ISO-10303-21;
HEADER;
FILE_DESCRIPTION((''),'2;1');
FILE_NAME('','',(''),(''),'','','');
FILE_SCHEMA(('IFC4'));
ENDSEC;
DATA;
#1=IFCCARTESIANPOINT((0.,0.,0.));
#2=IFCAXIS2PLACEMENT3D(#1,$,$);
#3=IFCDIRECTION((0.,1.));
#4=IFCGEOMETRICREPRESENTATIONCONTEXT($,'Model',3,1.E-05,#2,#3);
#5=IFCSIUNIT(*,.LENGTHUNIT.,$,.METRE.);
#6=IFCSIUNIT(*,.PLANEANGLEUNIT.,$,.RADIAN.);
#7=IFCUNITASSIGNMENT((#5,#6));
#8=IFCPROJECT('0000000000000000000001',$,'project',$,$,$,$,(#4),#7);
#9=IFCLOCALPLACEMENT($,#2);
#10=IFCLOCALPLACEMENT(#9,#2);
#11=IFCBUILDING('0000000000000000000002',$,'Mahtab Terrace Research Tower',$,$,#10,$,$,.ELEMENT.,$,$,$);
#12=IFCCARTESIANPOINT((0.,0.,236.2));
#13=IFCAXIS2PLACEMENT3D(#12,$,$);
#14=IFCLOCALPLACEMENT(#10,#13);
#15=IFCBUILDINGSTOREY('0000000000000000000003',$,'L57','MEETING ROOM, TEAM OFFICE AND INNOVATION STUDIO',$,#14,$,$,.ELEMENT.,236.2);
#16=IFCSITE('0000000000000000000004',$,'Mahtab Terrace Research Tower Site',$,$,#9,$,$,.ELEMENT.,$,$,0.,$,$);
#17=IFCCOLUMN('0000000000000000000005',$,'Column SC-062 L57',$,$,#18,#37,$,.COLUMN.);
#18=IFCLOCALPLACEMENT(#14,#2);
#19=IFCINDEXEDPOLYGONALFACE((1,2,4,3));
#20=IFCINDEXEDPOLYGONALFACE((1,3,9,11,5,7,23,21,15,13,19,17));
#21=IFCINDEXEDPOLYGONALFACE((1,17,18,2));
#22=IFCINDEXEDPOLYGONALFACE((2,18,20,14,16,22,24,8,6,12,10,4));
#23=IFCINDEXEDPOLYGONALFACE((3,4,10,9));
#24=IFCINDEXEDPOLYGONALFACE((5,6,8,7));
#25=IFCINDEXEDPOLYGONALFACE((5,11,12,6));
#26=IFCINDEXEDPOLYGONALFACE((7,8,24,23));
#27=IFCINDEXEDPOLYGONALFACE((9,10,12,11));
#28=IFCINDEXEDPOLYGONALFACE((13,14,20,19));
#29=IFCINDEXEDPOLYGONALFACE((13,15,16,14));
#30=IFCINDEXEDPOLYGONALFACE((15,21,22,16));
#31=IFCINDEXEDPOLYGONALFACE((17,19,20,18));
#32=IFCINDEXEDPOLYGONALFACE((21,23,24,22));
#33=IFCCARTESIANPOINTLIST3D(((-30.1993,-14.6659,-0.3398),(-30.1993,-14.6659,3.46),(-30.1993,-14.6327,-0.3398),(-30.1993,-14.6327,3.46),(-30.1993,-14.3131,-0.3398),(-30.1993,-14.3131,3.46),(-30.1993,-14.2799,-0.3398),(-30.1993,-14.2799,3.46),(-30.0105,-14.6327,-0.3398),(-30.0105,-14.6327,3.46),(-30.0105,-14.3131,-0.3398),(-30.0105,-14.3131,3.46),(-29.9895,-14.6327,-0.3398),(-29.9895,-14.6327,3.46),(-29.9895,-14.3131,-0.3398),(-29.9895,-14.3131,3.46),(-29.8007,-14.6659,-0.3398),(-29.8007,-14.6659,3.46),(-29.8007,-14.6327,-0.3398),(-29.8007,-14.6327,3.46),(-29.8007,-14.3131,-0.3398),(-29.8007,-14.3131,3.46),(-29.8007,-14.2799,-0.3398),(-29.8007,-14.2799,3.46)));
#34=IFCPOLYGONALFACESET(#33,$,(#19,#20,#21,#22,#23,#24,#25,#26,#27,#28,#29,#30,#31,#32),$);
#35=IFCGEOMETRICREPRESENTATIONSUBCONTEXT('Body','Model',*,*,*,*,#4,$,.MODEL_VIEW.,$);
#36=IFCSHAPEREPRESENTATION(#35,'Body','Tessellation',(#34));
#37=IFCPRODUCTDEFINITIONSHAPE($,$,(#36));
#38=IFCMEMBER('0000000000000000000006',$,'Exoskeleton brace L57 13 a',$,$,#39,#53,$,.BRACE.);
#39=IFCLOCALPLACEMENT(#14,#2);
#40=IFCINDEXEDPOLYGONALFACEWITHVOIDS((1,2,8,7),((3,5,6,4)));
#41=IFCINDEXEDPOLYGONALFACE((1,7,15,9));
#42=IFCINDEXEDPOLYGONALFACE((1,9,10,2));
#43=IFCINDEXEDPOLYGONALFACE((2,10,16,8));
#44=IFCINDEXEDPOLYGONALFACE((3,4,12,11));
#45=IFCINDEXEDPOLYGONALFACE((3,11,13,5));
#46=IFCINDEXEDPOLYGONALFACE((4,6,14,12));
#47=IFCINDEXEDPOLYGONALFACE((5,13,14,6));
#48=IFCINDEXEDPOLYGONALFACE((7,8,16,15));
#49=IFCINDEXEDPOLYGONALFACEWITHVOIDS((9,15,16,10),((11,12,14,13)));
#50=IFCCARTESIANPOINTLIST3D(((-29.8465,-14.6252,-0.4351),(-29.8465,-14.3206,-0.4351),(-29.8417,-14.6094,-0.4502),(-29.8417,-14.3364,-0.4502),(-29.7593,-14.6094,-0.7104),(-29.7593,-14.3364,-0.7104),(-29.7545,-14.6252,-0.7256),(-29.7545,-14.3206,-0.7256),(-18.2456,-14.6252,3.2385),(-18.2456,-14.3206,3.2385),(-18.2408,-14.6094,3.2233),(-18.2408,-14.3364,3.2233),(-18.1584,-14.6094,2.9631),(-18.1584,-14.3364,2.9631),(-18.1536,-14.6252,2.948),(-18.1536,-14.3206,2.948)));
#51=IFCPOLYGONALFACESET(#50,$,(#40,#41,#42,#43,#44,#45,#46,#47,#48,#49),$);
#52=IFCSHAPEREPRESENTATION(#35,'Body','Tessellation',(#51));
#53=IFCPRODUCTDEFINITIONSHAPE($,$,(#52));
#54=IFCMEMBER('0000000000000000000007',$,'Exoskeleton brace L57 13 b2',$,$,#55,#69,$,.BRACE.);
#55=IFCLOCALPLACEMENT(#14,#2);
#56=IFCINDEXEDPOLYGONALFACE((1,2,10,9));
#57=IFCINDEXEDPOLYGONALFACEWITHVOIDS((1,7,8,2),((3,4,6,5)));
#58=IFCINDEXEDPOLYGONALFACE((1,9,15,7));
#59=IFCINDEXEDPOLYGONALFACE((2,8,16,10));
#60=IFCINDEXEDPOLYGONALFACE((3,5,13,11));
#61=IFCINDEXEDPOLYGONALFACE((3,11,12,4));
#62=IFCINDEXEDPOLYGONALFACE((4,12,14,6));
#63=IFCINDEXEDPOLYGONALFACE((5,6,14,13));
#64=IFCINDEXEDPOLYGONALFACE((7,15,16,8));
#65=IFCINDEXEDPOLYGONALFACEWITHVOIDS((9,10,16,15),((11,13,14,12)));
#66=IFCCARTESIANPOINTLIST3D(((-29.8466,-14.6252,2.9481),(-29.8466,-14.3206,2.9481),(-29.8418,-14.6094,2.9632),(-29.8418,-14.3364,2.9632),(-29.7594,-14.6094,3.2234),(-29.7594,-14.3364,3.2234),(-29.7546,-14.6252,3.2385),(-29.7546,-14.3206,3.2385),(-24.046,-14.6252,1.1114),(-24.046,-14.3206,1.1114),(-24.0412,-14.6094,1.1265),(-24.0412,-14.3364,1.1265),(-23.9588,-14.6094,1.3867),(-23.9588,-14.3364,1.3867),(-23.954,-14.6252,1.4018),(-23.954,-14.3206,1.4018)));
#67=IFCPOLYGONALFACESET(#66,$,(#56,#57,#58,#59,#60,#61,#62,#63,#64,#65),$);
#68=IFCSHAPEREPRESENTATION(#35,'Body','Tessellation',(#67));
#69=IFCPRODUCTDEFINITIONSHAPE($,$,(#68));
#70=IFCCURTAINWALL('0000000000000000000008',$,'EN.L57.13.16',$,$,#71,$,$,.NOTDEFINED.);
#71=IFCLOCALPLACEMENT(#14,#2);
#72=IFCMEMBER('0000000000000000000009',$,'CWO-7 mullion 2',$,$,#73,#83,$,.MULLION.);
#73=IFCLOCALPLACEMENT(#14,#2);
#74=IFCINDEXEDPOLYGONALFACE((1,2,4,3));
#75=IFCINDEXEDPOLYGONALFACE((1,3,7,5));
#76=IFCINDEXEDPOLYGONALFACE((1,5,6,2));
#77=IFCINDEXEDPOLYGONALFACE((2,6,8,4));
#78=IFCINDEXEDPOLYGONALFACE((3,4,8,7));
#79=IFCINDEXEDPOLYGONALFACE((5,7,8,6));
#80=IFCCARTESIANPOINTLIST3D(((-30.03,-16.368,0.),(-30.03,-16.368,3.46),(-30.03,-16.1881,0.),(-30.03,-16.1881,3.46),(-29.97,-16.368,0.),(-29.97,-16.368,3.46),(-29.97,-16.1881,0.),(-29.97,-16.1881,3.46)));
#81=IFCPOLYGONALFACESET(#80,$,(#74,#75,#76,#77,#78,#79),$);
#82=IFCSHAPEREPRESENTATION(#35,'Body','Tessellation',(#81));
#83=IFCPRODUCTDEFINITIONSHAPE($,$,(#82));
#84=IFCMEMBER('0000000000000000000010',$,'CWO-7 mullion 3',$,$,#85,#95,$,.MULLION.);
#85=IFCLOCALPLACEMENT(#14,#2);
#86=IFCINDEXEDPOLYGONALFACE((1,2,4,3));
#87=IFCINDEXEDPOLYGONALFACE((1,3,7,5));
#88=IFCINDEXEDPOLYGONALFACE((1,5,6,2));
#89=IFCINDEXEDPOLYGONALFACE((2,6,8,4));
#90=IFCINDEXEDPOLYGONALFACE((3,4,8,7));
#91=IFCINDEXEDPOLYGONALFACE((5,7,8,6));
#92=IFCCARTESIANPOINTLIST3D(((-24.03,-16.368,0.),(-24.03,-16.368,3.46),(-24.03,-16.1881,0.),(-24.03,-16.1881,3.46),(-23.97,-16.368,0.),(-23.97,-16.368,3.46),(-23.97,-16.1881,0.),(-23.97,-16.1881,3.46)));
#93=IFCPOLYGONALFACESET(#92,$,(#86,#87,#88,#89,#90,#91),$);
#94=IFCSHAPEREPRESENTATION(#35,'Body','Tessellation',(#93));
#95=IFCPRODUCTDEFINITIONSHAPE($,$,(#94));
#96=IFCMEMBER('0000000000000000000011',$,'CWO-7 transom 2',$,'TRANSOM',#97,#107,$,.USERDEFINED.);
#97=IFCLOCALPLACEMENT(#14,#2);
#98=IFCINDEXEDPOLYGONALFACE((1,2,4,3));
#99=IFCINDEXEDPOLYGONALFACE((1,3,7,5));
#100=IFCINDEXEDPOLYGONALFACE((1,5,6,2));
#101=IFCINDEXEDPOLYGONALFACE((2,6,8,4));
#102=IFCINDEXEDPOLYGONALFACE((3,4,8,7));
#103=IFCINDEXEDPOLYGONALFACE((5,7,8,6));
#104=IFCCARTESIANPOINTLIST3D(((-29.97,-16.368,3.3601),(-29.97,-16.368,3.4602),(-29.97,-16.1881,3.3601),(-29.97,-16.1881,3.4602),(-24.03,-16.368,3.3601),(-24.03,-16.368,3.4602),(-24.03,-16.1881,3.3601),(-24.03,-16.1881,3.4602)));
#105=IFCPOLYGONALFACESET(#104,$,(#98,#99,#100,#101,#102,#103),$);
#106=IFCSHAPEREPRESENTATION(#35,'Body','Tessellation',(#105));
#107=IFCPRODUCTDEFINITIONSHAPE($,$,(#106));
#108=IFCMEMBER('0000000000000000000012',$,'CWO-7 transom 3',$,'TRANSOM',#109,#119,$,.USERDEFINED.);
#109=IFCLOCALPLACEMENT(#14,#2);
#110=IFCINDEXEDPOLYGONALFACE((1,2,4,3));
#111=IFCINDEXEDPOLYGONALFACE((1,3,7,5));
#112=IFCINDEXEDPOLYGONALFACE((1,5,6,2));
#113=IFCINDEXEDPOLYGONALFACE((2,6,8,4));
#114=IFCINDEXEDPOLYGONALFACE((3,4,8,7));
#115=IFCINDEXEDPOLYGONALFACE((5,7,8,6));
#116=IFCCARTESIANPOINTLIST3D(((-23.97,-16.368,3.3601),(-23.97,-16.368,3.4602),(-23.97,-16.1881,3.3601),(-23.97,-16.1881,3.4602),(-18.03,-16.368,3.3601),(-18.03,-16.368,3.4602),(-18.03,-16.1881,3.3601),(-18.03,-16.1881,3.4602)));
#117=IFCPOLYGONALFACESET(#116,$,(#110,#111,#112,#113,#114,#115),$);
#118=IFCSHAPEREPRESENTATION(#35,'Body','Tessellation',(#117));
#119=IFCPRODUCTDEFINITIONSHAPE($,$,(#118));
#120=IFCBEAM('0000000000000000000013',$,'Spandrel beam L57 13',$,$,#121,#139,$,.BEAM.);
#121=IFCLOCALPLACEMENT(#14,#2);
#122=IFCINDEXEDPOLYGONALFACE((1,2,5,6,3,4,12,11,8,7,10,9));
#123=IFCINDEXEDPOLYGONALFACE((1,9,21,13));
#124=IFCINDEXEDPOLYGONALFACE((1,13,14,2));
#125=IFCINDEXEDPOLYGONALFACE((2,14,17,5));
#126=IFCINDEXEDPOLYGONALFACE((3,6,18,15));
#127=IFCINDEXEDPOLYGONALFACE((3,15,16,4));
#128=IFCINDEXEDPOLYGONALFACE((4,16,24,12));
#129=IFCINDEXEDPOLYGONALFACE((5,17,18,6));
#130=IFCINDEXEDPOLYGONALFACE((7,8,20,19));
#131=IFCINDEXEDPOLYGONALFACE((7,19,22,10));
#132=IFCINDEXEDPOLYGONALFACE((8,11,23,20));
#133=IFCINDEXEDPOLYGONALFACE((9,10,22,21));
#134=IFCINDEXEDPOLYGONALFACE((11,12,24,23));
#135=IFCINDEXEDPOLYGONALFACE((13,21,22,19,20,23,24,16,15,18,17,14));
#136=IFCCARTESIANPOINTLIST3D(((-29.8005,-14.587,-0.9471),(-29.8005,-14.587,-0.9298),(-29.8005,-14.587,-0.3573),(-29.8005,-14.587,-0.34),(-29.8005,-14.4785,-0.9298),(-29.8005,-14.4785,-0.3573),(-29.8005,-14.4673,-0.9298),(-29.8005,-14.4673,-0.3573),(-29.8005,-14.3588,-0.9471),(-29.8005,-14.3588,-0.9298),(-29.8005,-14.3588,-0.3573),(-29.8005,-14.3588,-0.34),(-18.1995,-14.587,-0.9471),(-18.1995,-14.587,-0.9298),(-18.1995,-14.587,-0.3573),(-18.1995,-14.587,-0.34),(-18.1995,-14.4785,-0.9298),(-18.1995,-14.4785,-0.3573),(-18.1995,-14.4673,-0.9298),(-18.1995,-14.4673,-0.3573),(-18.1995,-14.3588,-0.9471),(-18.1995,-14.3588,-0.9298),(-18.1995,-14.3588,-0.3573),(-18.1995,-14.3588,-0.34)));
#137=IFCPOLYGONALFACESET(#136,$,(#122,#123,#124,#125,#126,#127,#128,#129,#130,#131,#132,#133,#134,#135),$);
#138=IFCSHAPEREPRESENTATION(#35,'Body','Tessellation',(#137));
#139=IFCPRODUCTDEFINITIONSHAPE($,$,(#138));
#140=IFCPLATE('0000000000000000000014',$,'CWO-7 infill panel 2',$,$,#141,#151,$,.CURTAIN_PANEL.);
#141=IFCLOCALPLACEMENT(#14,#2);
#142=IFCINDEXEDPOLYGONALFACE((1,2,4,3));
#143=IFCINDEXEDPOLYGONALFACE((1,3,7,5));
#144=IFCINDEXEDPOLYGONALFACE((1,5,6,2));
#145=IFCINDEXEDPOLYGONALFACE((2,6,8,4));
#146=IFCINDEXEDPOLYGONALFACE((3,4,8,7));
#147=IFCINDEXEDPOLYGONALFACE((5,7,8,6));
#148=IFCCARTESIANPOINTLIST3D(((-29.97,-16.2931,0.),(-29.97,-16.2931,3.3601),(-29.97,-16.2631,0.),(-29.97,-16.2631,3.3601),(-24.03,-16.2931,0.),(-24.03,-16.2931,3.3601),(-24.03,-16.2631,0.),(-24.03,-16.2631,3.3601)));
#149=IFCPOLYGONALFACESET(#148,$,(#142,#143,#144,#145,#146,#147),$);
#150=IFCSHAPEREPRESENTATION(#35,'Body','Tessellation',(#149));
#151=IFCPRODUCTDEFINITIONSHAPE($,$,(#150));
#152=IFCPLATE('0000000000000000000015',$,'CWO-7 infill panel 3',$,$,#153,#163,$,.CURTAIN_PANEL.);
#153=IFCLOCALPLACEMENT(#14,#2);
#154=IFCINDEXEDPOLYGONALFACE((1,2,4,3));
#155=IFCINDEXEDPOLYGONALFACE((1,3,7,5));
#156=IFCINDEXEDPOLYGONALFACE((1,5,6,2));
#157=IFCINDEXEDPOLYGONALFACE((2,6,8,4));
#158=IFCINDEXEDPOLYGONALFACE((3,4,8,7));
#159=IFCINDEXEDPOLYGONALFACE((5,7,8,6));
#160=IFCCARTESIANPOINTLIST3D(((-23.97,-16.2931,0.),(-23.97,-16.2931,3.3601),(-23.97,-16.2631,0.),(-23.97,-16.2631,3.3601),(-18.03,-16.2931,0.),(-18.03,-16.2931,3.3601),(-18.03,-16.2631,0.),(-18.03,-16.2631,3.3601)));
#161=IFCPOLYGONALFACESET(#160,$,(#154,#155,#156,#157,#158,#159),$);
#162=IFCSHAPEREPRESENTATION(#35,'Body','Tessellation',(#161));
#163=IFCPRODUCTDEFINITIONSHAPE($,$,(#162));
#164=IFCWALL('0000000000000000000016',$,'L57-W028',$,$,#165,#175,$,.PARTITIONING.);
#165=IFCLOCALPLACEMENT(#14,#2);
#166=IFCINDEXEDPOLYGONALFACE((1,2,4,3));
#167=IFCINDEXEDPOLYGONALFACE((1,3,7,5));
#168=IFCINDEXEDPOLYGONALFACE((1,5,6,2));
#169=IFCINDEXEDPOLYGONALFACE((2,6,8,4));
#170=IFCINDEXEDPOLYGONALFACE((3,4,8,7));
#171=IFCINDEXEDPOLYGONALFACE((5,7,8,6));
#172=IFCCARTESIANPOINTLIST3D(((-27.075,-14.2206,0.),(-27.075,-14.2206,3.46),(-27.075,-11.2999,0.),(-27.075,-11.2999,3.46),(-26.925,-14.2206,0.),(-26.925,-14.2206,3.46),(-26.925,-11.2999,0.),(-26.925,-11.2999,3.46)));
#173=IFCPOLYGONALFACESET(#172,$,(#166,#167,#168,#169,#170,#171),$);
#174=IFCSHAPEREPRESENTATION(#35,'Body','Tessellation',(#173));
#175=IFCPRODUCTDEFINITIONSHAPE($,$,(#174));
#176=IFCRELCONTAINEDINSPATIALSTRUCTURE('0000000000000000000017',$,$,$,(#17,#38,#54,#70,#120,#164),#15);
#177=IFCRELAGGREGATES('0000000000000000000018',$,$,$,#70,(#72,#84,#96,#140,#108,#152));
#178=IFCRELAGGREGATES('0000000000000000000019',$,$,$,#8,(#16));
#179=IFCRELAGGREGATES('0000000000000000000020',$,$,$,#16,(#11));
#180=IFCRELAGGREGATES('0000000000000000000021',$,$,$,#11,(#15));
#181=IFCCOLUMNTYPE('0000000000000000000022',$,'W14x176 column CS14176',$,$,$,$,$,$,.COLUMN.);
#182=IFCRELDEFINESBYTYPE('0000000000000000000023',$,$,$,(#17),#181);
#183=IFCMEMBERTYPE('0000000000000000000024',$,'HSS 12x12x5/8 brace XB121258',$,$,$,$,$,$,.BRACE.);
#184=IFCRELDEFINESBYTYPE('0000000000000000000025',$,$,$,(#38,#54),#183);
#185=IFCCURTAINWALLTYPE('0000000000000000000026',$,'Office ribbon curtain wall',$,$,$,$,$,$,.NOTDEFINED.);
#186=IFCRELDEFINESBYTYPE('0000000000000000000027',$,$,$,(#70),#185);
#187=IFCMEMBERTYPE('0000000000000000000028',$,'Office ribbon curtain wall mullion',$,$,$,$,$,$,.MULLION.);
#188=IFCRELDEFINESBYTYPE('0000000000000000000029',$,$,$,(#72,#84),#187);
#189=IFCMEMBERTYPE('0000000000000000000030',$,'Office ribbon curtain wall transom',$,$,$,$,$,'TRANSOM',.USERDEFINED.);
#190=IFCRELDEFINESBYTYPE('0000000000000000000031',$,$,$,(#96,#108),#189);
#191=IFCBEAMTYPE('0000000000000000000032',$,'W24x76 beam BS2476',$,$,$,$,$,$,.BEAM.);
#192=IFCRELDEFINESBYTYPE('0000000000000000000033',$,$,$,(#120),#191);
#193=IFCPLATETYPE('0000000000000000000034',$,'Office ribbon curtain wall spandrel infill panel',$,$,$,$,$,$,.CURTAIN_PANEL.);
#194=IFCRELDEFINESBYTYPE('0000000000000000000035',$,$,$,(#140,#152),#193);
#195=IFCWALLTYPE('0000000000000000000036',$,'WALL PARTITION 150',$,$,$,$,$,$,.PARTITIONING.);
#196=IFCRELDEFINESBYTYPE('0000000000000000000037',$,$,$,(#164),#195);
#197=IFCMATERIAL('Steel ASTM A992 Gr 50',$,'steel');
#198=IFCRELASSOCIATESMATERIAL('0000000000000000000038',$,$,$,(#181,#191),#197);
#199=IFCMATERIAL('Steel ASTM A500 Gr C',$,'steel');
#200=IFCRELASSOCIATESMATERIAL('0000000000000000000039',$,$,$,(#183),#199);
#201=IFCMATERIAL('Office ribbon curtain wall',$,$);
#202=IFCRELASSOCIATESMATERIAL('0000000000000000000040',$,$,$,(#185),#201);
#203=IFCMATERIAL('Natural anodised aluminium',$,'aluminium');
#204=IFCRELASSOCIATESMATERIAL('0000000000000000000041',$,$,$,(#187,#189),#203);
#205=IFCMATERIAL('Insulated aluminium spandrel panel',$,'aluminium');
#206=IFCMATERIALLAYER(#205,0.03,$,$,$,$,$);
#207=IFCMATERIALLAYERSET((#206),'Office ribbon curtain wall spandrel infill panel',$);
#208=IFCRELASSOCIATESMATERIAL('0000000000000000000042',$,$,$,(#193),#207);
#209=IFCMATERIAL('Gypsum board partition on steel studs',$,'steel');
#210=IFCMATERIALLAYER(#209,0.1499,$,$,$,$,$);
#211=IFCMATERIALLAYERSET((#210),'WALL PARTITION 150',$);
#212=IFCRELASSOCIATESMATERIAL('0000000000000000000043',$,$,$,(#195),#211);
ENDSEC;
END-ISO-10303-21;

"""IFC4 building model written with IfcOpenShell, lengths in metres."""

from ifc_helpers import new_model, si_unit, direction, frame, frame_2d, origin, origin_2d, place, context, subcontext, project, spatial, rectangle, hollow_rectangle, i_section, extrude, material, layer, layer_set, material_profile, profile_set, type_object, element, aggregate, save


model = new_model("IFC4")

# Units and contexts
model_context = context("Model", 3, precision=1e-05, world=origin(), true_north=direction((0.0, 1.0)))
body_context = subcontext(model_context, "Body", "Model", "MODEL_VIEW")
ifc_project = project(units=[si_unit("LENGTHUNIT", "METRE"), si_unit("PLANEANGLEUNIT", "RADIAN")], contexts=[model_context])

# Site, building, storey
site_placement = place(None, origin())
site = spatial("IfcSite", under=ifc_project, at=site_placement, Name="Mahtab Terrace Research Tower Site", CompositionType="ELEMENT", RefElevation=0.0)
building_placement = place(site_placement, origin())
building = spatial("IfcBuilding", under=site, at=building_placement, Name="Mahtab Terrace Research Tower", CompositionType="ELEMENT")
storey_placement = place(building_placement, frame((0.0, 0.0, 236.2)))
storey = spatial("IfcBuildingStorey", under=building, at=storey_placement, Name="L57", Description="MEETING ROOM, TEAM OFFICE AND INNOVATION STUDIO", CompositionType="ELEMENT", Elevation=236.2)

# Column
ifc_material_1 = material(Name="Steel ASTM A992 Gr 50", Category="steel")
ifc_material_profile_1 = material_profile(ifc_material_1, i_section(OverallWidth=0.3987, OverallDepth=0.386, WebThickness=0.021, FlangeThickness=0.0332, at=origin_2d()), Name="W14X176")
ifc_profile_set_1 = profile_set([ifc_material_profile_1], Name="Steel ASTM A992 Gr 50")
column_type = type_object("IfcColumnType", Name="W14x176 column CS14176", PredefinedType="COLUMN", material=ifc_profile_set_1)
column_placement = place(storey_placement, frame((-30.0, -14.4729, -0.3398), z_axis=(0.0, 0.0, 1.0), x_axis=(1.0, 0.0, 0.0)))
element("IfcColumn", 1, at=column_placement, inside=storey, type_object=column_type, Name="Column SC-062 L57", PredefinedType="COLUMN", context=body_context, shape_type="SweptSolid", body=[
    extrude(i_section(OverallWidth=0.3987, OverallDepth=0.386, WebThickness=0.021, FlangeThickness=0.0332, at=origin_2d()), origin(), (0.0, 0.0, 1.0), 3.7998),
])

# Members
ifc_material_2 = material(Name="Steel ASTM A500 Gr C", Category="steel")
ifc_material_profile_2 = material_profile(ifc_material_2, hollow_rectangle(XDim=0.3047, YDim=0.3047, WallThickness=0.0159, at=origin_2d()), Name="HSS12X12X5/8")
ifc_profile_set_2 = profile_set([ifc_material_profile_2], Name="Steel ASTM A500 Gr C")
member_type_1 = type_object("IfcMemberType", Name="HSS 12x12x5/8 brace XB121258", PredefinedType="BRACE", material=ifc_profile_set_2)
member_1_placement = place(storey_placement, frame((-29.8005, -14.4729, -0.5803), z_axis=(0.953344, 0.0, 0.301885), x_axis=(0.0, 1.0, 0.0)))
element("IfcMember", 2, at=member_1_placement, inside=storey, type_object=member_type_1, Name="Exoskeleton brace L57 13 a", PredefinedType="BRACE", context=body_context, shape_type="SweptSolid", body=[
    extrude(hollow_rectangle(XDim=0.3047, YDim=0.3047, WallThickness=0.0159, at=origin_2d()), origin(), (0.0, 0.0, 1.0), 12.1687),
])
member_2_placement = place(storey_placement, frame((-24.0, -14.4729, 1.2566), z_axis=(-0.95335, 0.0, 0.301867), x_axis=(0.0, -1.0, 0.0)))
element("IfcMember", 3, at=member_2_placement, inside=storey, type_object=member_type_1, Name="Exoskeleton brace L57 13 b2", PredefinedType="BRACE", context=body_context, shape_type="SweptSolid", body=[
    extrude(hollow_rectangle(XDim=0.3047, YDim=0.3047, WallThickness=0.0159, at=origin_2d()), origin(), (0.0, 0.0, 1.0), 6.0845),
])

# Curtain wall, members
ifc_material_3 = material(Name="Office ribbon curtain wall")
curtain_wall_type = type_object("IfcCurtainWallType", Name="Office ribbon curtain wall", PredefinedType="NOTDEFINED", material=ifc_material_3)
curtain_wall_placement = place(storey_placement, origin())
curtain_wall = element("IfcCurtainWall", 4, at=curtain_wall_placement, inside=storey, type_object=curtain_wall_type, Name="EN.L57.13.16", PredefinedType="NOTDEFINED")
ifc_material_4 = material(Name="Natural anodised aluminium", Category="aluminium")
ifc_material_profile_3 = material_profile(ifc_material_4, rectangle(XDim=0.1799, YDim=0.0601, at=origin_2d()), Name="MULLION 60x180")
ifc_profile_set_3 = profile_set([ifc_material_profile_3], Name="Natural anodised aluminium")
member_type_2 = type_object("IfcMemberType", Name="Office ribbon curtain wall mullion", PredefinedType="MULLION", material=ifc_profile_set_3)
member_3_placement = place(storey_placement, frame((-30.0, -16.2781, 0.0), z_axis=(0.0, 0.0, 1.0), x_axis=(0.0, 1.0, 0.0)))
member_3 = element("IfcMember", 5, at=member_3_placement, type_object=member_type_2, Name="CWO-7 mullion 2", PredefinedType="MULLION", context=body_context, shape_type="SweptSolid", body=[
    extrude(rectangle(XDim=0.1799, YDim=0.0601, at=origin_2d()), origin(), (0.0, 0.0, 1.0), 3.46),
])
member_4_placement = place(storey_placement, frame((-24.0, -16.2781, 0.0), z_axis=(0.0, 0.0, 1.0), x_axis=(0.0, 1.0, 0.0)))
member_4 = element("IfcMember", 6, at=member_4_placement, type_object=member_type_2, Name="CWO-7 mullion 3", PredefinedType="MULLION", context=body_context, shape_type="SweptSolid", body=[
    extrude(rectangle(XDim=0.1799, YDim=0.0601, at=origin_2d()), origin(), (0.0, 0.0, 1.0), 3.46),
])
ifc_material_profile_4 = material_profile(ifc_material_4, rectangle(XDim=0.1799, YDim=0.1001, at=origin_2d()), Name="TRANSOM 100x180")
ifc_profile_set_4 = profile_set([ifc_material_profile_4], Name="Natural anodised aluminium")
member_type_3 = type_object("IfcMemberType", Name="Office ribbon curtain wall transom", ElementType="TRANSOM", PredefinedType="USERDEFINED", material=ifc_profile_set_4)
member_5_placement = place(storey_placement, frame((-29.97, -16.2781, 3.4102), z_axis=(1.0, 0.0, 0.0), x_axis=(0.0, 1.0, 0.0)))
member_5 = element("IfcMember", 7, at=member_5_placement, type_object=member_type_3, Name="CWO-7 transom 2", ObjectType="TRANSOM", PredefinedType="USERDEFINED", context=body_context, shape_type="SweptSolid", body=[
    extrude(rectangle(XDim=0.1799, YDim=0.1001, at=origin_2d()), origin(), (0.0, 0.0, 1.0), 5.9399),
])
member_6_placement = place(storey_placement, frame((-23.97, -16.2781, 3.4102), z_axis=(1.0, 0.0, 0.0), x_axis=(0.0, 1.0, 0.0)))
member_6 = element("IfcMember", 8, at=member_6_placement, type_object=member_type_3, Name="CWO-7 transom 3", ObjectType="TRANSOM", PredefinedType="USERDEFINED", context=body_context, shape_type="SweptSolid", body=[
    extrude(rectangle(XDim=0.1799, YDim=0.1001, at=origin_2d()), origin(), (0.0, 0.0, 1.0), 5.9399),
])

# Beam
ifc_material_profile_5 = material_profile(ifc_material_1, i_section(OverallWidth=0.2283, OverallDepth=0.6072, WebThickness=0.0112, FlangeThickness=0.0173, at=origin_2d()), Name="W24X76")
ifc_profile_set_5 = profile_set([ifc_material_profile_5], Name="Steel ASTM A992 Gr 50")
beam_type = type_object("IfcBeamType", Name="W24x76 beam BS2476", PredefinedType="BEAM", material=ifc_profile_set_5)
beam_placement = place(storey_placement, frame((-29.8005, -14.4729, -0.6436), z_axis=(1.0, 0.0, 0.0), x_axis=(0.0, 1.0, 0.0)))
element("IfcBeam", 9, at=beam_placement, inside=storey, type_object=beam_type, Name="Spandrel beam L57 13", PredefinedType="BEAM", context=body_context, shape_type="SweptSolid", body=[
    extrude(i_section(OverallWidth=0.2283, OverallDepth=0.6072, WebThickness=0.0112, FlangeThickness=0.0173, at=origin_2d()), origin(), (0.0, 0.0, 1.0), 11.6011),
])

# Plates
ifc_material_5 = material(Name="Insulated aluminium spandrel panel", Category="aluminium")
ifc_layer_1 = layer(ifc_material_5, 0.03)
ifc_layer_set_1 = layer_set([ifc_layer_1], Name="Office ribbon curtain wall spandrel infill panel")
plate_type = type_object("IfcPlateType", Name="Office ribbon curtain wall spandrel infill panel", PredefinedType="CURTAIN_PANEL", material=ifc_layer_set_1)
plate_1_placement = place(storey_placement, frame((-27.0, -16.2781, 0.0), z_axis=(0.0, 0.0, 1.0), x_axis=(1.0, 0.0, 0.0)))
plate_1 = element("IfcPlate", 10, at=plate_1_placement, type_object=plate_type, Name="CWO-7 infill panel 2", PredefinedType="CURTAIN_PANEL", context=body_context, shape_type="SweptSolid", body=[
    extrude(rectangle(XDim=5.9399, YDim=0.03, at=origin_2d()), origin(), (0.0, 0.0, 1.0), 3.3601),
])
plate_2_placement = place(storey_placement, frame((-21.0, -16.2781, 0.0), z_axis=(0.0, 0.0, 1.0), x_axis=(1.0, 0.0, 0.0)))
plate_2 = element("IfcPlate", 11, at=plate_2_placement, type_object=plate_type, Name="CWO-7 infill panel 3", PredefinedType="CURTAIN_PANEL", context=body_context, shape_type="SweptSolid", body=[
    extrude(rectangle(XDim=5.9399, YDim=0.03, at=origin_2d()), origin(), (0.0, 0.0, 1.0), 3.3601),
])
aggregate(curtain_wall, [member_3, member_4, member_5, plate_1, member_6, plate_2])

# Wall
ifc_material_6 = material(Name="Gypsum board partition on steel studs", Category="steel")
ifc_layer_2 = layer(ifc_material_6, 0.1499)
ifc_layer_set_2 = layer_set([ifc_layer_2], Name="WALL PARTITION 150")
wall_type = type_object("IfcWallType", Name="WALL PARTITION 150", PredefinedType="PARTITIONING", material=ifc_layer_set_2)
wall_1_placement = place(storey_placement, frame((-27.0, -14.2207, 0.0), z_axis=(0.0, 0.0, 1.0), x_axis=(0.0, 1.0, 0.0)))
element("IfcWall", 12, at=wall_1_placement, inside=storey, type_object=wall_type, Name="L57-W028", PredefinedType="PARTITIONING", context=body_context, shape_type="SweptSolid", body=[
    extrude(rectangle(XDim=2.9207, YDim=0.1499, at=frame_2d((1.4604, 0.0))), origin(), (0.0, 0.0, 1.0), 3.46),
])

save(model, "model.ifc")
